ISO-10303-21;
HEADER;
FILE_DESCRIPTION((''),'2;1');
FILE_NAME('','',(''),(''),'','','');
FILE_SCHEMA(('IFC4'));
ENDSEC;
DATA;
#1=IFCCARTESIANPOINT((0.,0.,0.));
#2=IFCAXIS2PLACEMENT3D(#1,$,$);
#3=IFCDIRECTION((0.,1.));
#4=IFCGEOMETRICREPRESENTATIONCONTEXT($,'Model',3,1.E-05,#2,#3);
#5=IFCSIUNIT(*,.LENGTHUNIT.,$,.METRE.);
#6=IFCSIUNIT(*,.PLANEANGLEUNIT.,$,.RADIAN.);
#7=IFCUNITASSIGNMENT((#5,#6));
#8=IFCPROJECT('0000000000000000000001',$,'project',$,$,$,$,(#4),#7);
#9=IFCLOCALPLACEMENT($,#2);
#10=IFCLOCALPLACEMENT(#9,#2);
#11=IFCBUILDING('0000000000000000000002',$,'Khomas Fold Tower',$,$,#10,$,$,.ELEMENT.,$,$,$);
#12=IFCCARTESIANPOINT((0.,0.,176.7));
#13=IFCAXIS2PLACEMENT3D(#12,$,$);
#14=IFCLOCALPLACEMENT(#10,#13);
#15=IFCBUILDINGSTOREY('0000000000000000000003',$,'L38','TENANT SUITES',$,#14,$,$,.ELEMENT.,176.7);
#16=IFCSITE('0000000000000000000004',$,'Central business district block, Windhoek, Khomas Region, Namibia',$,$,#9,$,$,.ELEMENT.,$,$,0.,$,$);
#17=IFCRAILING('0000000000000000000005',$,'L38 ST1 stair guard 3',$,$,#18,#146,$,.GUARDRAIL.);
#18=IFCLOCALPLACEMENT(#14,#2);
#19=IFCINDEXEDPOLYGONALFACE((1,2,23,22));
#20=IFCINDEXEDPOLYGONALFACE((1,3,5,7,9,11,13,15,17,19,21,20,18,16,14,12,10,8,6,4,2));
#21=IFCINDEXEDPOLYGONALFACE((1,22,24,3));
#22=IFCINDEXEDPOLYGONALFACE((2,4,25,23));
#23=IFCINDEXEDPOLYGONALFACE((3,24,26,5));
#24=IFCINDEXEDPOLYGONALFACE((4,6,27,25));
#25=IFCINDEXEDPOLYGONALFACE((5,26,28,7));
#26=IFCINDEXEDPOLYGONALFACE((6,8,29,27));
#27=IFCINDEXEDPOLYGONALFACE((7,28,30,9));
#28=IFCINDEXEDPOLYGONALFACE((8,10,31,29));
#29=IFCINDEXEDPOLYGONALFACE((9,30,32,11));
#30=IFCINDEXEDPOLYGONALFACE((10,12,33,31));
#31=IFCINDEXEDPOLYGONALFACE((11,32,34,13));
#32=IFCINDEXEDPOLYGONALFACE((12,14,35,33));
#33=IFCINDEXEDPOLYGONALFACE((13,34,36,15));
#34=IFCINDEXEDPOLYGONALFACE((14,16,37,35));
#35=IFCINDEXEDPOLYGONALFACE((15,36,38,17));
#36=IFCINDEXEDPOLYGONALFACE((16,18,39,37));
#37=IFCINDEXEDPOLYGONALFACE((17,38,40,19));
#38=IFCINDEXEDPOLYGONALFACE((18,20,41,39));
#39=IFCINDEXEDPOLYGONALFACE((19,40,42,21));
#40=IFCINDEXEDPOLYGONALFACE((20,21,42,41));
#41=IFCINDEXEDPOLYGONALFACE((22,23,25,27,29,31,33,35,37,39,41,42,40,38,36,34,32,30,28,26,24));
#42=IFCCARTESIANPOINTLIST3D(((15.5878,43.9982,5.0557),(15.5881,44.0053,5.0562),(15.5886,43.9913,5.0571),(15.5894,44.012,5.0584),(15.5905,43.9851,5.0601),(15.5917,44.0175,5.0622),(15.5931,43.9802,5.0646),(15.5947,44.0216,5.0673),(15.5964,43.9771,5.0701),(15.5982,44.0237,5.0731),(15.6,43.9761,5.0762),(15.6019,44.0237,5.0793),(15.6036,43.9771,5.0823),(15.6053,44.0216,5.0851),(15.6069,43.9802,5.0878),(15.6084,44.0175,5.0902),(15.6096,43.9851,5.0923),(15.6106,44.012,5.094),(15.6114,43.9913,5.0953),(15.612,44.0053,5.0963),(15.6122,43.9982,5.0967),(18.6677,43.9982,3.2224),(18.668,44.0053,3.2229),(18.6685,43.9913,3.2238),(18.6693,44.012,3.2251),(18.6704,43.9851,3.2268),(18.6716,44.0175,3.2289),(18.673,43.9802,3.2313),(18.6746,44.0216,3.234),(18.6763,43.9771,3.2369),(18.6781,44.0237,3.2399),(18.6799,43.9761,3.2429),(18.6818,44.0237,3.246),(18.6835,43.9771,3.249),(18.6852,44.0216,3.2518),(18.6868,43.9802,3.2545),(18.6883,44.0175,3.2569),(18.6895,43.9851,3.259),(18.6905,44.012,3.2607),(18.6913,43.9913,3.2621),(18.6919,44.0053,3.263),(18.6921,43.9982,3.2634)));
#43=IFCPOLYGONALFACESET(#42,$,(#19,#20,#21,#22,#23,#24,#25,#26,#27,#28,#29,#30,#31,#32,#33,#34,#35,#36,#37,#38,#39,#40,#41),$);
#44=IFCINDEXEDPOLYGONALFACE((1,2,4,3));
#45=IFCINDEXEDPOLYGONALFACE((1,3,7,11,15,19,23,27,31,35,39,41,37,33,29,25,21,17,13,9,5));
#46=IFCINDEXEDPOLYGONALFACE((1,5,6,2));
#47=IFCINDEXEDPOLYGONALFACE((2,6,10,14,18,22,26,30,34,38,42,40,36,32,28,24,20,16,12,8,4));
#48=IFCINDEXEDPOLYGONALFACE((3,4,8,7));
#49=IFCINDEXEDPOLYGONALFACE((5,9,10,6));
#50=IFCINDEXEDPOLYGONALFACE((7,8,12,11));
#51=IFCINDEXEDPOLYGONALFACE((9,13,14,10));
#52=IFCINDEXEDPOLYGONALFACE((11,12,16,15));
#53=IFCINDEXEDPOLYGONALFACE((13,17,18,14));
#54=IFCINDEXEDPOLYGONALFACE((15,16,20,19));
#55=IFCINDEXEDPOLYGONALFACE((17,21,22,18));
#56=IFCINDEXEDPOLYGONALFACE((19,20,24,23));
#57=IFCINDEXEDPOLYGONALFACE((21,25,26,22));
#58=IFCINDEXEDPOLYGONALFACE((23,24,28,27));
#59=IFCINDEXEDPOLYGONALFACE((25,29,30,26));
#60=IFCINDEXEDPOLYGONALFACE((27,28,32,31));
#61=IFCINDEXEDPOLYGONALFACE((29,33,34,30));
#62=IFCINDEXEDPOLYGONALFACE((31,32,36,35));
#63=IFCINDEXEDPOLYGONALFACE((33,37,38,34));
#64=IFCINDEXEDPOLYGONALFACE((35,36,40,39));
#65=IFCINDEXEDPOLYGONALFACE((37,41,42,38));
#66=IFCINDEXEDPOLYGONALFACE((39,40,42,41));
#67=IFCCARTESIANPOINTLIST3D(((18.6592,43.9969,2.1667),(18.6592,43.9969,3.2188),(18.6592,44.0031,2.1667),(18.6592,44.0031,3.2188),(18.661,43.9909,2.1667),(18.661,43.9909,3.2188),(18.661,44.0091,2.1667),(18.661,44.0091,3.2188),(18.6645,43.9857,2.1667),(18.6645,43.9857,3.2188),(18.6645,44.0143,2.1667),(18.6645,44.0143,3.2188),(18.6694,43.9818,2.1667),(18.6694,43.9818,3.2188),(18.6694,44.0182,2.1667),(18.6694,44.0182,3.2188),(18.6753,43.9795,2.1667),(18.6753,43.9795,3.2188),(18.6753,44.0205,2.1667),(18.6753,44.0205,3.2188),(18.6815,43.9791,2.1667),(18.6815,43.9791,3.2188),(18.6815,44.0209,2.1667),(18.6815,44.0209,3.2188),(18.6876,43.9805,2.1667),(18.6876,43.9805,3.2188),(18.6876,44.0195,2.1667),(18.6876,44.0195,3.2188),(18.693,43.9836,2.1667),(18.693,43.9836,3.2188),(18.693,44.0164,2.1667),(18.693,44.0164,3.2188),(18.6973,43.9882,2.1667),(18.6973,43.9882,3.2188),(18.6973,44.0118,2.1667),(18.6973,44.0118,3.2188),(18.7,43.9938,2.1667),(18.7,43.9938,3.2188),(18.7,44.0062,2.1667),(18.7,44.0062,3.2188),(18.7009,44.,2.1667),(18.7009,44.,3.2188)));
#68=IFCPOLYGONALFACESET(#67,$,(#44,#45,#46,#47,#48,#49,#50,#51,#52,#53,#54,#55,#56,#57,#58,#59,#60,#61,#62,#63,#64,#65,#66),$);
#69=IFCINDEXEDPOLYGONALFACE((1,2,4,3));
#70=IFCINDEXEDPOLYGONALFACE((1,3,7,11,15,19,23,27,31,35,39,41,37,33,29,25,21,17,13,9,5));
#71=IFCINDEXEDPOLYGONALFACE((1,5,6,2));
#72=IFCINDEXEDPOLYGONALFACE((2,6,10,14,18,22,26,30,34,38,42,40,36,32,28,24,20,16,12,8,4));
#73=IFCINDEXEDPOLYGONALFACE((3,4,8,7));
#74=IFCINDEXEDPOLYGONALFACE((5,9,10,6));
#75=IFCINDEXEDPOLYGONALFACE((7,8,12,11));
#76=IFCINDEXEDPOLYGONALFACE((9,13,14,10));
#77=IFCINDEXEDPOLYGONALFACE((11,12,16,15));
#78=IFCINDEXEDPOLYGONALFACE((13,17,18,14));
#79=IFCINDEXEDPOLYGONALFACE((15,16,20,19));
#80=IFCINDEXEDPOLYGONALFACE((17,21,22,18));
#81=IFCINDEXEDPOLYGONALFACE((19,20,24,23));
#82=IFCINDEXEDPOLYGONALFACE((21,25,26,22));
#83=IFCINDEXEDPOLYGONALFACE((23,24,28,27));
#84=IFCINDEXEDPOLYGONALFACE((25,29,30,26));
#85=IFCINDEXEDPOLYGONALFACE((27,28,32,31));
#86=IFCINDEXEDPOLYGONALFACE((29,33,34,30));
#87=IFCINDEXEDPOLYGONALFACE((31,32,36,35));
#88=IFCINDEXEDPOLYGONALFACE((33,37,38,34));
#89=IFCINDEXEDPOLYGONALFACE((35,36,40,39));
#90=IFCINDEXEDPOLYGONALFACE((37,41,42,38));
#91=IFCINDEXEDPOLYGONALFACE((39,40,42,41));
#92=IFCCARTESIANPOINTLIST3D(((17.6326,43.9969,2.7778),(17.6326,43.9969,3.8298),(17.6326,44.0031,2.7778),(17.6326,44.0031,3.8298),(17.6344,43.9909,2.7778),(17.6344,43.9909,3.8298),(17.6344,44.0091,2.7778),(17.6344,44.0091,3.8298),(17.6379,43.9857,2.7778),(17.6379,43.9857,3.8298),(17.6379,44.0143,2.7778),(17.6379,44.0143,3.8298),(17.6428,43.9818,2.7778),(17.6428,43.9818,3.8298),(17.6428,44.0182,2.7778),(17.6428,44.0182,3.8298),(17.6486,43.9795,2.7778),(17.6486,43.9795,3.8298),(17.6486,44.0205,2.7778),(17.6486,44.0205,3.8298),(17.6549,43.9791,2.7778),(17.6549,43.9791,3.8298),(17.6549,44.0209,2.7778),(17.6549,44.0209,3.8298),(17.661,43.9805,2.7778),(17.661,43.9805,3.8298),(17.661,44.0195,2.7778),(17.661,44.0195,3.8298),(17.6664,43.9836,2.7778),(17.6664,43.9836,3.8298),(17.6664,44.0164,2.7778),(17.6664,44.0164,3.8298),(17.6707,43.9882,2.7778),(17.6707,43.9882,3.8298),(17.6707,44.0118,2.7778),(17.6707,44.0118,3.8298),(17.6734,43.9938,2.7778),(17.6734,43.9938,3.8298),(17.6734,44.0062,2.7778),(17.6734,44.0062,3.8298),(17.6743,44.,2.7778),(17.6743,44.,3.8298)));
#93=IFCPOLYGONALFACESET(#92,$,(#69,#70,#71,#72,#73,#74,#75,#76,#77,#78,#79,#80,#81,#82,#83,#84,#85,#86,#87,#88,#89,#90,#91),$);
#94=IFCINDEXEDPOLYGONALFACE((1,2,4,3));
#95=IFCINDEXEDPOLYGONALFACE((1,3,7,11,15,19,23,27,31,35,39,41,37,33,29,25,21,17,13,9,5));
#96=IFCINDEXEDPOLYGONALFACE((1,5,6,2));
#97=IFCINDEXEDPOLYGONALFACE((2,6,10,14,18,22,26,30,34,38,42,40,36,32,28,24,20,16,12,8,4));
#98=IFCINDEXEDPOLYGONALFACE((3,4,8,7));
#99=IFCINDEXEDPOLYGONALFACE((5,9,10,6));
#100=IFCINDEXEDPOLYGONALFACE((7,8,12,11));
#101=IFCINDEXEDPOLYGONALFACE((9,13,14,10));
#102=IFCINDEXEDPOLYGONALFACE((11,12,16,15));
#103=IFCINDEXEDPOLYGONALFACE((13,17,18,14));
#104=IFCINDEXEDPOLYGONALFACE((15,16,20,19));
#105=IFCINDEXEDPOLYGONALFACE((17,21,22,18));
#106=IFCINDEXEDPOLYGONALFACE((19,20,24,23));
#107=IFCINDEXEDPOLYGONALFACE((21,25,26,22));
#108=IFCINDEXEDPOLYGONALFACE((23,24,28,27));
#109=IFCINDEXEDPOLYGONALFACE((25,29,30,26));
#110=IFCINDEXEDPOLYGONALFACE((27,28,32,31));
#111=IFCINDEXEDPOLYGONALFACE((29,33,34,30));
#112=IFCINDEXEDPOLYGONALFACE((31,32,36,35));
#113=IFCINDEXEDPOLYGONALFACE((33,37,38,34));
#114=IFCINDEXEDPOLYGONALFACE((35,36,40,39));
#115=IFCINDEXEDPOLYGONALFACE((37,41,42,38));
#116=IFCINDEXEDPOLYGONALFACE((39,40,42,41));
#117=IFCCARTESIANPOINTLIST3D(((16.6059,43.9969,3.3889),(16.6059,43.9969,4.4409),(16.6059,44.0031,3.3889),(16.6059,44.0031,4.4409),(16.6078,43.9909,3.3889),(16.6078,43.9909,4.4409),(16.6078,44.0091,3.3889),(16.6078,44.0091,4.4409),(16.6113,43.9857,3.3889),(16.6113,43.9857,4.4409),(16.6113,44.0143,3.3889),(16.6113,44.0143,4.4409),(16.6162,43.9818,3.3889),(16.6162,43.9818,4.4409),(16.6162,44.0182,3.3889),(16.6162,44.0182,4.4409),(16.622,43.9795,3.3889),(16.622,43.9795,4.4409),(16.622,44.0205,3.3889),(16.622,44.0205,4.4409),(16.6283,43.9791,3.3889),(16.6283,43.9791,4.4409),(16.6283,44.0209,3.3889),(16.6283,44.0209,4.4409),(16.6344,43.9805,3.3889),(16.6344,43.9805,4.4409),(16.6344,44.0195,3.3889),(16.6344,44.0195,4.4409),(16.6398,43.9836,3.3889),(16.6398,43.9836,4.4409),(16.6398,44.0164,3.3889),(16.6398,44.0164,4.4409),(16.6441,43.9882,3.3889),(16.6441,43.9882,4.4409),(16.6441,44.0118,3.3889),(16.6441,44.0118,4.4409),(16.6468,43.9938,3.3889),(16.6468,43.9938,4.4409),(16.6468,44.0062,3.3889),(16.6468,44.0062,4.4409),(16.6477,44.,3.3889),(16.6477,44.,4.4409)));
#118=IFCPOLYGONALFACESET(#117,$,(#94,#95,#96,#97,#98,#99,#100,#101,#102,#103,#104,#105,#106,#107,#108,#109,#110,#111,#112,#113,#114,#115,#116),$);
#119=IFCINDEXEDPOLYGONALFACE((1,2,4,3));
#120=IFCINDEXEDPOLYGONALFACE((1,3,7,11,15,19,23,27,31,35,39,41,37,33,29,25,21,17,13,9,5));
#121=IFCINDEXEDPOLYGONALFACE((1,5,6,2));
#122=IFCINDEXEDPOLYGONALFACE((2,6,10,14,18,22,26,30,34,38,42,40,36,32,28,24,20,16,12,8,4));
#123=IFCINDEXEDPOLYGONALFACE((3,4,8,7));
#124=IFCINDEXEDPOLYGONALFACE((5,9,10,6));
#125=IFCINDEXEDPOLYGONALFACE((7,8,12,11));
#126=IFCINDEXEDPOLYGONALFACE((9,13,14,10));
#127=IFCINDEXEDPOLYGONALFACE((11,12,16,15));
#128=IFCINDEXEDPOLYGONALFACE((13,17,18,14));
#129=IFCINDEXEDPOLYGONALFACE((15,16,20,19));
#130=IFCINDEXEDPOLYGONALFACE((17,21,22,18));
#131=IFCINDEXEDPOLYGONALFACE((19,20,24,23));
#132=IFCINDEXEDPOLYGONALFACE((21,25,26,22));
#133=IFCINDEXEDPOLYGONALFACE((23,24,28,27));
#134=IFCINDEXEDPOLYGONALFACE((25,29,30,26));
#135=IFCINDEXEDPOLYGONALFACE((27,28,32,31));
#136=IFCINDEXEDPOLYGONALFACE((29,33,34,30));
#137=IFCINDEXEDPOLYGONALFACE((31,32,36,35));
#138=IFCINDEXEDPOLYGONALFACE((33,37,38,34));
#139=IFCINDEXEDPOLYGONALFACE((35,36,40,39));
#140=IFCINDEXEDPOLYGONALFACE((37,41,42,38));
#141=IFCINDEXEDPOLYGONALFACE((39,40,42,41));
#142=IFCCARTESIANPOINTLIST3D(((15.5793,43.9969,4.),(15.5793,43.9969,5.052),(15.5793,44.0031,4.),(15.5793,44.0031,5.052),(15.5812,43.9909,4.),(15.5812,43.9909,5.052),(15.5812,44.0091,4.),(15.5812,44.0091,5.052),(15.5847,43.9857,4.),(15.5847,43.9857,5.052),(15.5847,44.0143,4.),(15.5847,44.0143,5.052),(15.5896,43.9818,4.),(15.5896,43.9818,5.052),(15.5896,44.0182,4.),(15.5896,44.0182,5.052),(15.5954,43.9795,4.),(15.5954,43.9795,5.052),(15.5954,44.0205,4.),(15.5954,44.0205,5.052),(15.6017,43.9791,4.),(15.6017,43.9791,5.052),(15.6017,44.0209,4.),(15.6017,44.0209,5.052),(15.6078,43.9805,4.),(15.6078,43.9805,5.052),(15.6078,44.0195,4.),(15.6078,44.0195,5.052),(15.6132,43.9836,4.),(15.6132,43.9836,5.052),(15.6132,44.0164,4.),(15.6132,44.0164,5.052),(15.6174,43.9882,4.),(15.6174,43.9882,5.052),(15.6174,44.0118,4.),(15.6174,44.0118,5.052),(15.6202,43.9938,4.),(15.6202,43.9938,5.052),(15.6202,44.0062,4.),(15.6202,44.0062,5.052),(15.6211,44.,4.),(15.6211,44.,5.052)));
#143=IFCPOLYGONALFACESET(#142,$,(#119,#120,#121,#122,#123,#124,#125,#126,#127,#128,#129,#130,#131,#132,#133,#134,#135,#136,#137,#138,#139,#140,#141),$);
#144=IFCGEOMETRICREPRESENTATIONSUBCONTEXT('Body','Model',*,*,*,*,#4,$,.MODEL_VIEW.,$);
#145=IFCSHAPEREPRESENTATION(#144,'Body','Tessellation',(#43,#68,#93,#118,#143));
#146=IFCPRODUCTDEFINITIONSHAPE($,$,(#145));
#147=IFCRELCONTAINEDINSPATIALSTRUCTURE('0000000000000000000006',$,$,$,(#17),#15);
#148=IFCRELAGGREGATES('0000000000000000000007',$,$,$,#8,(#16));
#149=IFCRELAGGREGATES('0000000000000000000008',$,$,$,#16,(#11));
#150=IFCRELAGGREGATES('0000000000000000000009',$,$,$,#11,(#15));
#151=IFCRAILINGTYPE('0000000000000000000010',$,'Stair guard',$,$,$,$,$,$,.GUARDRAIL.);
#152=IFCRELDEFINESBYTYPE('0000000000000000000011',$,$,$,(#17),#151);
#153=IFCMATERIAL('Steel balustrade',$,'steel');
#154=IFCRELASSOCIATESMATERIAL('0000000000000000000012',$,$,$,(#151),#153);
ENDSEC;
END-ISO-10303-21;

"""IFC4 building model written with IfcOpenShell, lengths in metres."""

from ifc_helpers import new_model, si_unit, direction, frame, origin, origin_2d, place, context, subcontext, project, spatial, circle, extrude, source, transform, mapped, material, type_object, element, save


model = new_model("IFC4")

# Units and contexts
model_context = context("Model", 3, precision=1e-05, world=origin(), true_north=direction((0.0, 1.0)))
body_context = subcontext(model_context, "Body", "Model", "MODEL_VIEW")
ifc_project = project(units=[si_unit("LENGTHUNIT", "METRE"), si_unit("PLANEANGLEUNIT", "RADIAN")], contexts=[model_context])

# Site, building, storey
site_placement = place(None, origin())
site = spatial("IfcSite", under=ifc_project, at=site_placement, Name="Central business district block, Windhoek, Khomas Region, Namibia", CompositionType="ELEMENT", RefElevation=0.0)
building_placement = place(site_placement, origin())
building = spatial("IfcBuilding", under=site, at=building_placement, Name="Khomas Fold Tower", CompositionType="ELEMENT")
storey_placement = place(building_placement, frame((0.0, 0.0, 176.7)))
storey = spatial("IfcBuildingStorey", under=building, at=storey_placement, Name="L38", Description="TENANT SUITES", CompositionType="ELEMENT", Elevation=176.7)

# Railing
ifc_material_1 = material(Name="Steel balustrade", Category="steel")
railing_type_1 = type_object("IfcRailingType", Name="Stair guard", PredefinedType="GUARDRAIL", material=ifc_material_1)
shared_shape_1 = source(origin(), body_context, "Body", "SweptSolid", [
    extrude(circle(Radius=0.0239, at=origin_2d()), frame((0.0, 0.0, 1.0762), z_axis=(-0.859291, 0.0, 0.511487), x_axis=(0.0, -1.0, 0.0)), (0.0, 0.0, 1.0), 3.5842),
    extrude(circle(Radius=0.021, at=origin_2d()), origin(), (0.0, 0.0, 1.0), 1.052),
    extrude(circle(Radius=0.021, at=origin_2d()), frame((-1.0266, 0.0, 0.6111)), (0.0, 0.0, 1.0), 1.052),
    extrude(circle(Radius=0.021, at=origin_2d()), frame((-2.0532, 0.0, 1.2222)), (0.0, 0.0, 1.0), 1.052),
    extrude(circle(Radius=0.021, at=origin_2d()), frame((-3.0798, 0.0, 1.8333)), (0.0, 0.0, 1.0), 1.052),
])
railing_1_placement = place(storey_placement, frame((18.6799, 44.0, 2.1667)))
element("IfcRailing", 1, at=railing_1_placement, inside=storey, type_object=railing_type_1, Name="L38 ST1 stair guard 3", PredefinedType="GUARDRAIL", context=body_context, shape_type="MappedRepresentation", body=[
    mapped(shared_shape_1, transform((0.0, 0.0, 0.0))),
])

save(model, "model.ifc")
